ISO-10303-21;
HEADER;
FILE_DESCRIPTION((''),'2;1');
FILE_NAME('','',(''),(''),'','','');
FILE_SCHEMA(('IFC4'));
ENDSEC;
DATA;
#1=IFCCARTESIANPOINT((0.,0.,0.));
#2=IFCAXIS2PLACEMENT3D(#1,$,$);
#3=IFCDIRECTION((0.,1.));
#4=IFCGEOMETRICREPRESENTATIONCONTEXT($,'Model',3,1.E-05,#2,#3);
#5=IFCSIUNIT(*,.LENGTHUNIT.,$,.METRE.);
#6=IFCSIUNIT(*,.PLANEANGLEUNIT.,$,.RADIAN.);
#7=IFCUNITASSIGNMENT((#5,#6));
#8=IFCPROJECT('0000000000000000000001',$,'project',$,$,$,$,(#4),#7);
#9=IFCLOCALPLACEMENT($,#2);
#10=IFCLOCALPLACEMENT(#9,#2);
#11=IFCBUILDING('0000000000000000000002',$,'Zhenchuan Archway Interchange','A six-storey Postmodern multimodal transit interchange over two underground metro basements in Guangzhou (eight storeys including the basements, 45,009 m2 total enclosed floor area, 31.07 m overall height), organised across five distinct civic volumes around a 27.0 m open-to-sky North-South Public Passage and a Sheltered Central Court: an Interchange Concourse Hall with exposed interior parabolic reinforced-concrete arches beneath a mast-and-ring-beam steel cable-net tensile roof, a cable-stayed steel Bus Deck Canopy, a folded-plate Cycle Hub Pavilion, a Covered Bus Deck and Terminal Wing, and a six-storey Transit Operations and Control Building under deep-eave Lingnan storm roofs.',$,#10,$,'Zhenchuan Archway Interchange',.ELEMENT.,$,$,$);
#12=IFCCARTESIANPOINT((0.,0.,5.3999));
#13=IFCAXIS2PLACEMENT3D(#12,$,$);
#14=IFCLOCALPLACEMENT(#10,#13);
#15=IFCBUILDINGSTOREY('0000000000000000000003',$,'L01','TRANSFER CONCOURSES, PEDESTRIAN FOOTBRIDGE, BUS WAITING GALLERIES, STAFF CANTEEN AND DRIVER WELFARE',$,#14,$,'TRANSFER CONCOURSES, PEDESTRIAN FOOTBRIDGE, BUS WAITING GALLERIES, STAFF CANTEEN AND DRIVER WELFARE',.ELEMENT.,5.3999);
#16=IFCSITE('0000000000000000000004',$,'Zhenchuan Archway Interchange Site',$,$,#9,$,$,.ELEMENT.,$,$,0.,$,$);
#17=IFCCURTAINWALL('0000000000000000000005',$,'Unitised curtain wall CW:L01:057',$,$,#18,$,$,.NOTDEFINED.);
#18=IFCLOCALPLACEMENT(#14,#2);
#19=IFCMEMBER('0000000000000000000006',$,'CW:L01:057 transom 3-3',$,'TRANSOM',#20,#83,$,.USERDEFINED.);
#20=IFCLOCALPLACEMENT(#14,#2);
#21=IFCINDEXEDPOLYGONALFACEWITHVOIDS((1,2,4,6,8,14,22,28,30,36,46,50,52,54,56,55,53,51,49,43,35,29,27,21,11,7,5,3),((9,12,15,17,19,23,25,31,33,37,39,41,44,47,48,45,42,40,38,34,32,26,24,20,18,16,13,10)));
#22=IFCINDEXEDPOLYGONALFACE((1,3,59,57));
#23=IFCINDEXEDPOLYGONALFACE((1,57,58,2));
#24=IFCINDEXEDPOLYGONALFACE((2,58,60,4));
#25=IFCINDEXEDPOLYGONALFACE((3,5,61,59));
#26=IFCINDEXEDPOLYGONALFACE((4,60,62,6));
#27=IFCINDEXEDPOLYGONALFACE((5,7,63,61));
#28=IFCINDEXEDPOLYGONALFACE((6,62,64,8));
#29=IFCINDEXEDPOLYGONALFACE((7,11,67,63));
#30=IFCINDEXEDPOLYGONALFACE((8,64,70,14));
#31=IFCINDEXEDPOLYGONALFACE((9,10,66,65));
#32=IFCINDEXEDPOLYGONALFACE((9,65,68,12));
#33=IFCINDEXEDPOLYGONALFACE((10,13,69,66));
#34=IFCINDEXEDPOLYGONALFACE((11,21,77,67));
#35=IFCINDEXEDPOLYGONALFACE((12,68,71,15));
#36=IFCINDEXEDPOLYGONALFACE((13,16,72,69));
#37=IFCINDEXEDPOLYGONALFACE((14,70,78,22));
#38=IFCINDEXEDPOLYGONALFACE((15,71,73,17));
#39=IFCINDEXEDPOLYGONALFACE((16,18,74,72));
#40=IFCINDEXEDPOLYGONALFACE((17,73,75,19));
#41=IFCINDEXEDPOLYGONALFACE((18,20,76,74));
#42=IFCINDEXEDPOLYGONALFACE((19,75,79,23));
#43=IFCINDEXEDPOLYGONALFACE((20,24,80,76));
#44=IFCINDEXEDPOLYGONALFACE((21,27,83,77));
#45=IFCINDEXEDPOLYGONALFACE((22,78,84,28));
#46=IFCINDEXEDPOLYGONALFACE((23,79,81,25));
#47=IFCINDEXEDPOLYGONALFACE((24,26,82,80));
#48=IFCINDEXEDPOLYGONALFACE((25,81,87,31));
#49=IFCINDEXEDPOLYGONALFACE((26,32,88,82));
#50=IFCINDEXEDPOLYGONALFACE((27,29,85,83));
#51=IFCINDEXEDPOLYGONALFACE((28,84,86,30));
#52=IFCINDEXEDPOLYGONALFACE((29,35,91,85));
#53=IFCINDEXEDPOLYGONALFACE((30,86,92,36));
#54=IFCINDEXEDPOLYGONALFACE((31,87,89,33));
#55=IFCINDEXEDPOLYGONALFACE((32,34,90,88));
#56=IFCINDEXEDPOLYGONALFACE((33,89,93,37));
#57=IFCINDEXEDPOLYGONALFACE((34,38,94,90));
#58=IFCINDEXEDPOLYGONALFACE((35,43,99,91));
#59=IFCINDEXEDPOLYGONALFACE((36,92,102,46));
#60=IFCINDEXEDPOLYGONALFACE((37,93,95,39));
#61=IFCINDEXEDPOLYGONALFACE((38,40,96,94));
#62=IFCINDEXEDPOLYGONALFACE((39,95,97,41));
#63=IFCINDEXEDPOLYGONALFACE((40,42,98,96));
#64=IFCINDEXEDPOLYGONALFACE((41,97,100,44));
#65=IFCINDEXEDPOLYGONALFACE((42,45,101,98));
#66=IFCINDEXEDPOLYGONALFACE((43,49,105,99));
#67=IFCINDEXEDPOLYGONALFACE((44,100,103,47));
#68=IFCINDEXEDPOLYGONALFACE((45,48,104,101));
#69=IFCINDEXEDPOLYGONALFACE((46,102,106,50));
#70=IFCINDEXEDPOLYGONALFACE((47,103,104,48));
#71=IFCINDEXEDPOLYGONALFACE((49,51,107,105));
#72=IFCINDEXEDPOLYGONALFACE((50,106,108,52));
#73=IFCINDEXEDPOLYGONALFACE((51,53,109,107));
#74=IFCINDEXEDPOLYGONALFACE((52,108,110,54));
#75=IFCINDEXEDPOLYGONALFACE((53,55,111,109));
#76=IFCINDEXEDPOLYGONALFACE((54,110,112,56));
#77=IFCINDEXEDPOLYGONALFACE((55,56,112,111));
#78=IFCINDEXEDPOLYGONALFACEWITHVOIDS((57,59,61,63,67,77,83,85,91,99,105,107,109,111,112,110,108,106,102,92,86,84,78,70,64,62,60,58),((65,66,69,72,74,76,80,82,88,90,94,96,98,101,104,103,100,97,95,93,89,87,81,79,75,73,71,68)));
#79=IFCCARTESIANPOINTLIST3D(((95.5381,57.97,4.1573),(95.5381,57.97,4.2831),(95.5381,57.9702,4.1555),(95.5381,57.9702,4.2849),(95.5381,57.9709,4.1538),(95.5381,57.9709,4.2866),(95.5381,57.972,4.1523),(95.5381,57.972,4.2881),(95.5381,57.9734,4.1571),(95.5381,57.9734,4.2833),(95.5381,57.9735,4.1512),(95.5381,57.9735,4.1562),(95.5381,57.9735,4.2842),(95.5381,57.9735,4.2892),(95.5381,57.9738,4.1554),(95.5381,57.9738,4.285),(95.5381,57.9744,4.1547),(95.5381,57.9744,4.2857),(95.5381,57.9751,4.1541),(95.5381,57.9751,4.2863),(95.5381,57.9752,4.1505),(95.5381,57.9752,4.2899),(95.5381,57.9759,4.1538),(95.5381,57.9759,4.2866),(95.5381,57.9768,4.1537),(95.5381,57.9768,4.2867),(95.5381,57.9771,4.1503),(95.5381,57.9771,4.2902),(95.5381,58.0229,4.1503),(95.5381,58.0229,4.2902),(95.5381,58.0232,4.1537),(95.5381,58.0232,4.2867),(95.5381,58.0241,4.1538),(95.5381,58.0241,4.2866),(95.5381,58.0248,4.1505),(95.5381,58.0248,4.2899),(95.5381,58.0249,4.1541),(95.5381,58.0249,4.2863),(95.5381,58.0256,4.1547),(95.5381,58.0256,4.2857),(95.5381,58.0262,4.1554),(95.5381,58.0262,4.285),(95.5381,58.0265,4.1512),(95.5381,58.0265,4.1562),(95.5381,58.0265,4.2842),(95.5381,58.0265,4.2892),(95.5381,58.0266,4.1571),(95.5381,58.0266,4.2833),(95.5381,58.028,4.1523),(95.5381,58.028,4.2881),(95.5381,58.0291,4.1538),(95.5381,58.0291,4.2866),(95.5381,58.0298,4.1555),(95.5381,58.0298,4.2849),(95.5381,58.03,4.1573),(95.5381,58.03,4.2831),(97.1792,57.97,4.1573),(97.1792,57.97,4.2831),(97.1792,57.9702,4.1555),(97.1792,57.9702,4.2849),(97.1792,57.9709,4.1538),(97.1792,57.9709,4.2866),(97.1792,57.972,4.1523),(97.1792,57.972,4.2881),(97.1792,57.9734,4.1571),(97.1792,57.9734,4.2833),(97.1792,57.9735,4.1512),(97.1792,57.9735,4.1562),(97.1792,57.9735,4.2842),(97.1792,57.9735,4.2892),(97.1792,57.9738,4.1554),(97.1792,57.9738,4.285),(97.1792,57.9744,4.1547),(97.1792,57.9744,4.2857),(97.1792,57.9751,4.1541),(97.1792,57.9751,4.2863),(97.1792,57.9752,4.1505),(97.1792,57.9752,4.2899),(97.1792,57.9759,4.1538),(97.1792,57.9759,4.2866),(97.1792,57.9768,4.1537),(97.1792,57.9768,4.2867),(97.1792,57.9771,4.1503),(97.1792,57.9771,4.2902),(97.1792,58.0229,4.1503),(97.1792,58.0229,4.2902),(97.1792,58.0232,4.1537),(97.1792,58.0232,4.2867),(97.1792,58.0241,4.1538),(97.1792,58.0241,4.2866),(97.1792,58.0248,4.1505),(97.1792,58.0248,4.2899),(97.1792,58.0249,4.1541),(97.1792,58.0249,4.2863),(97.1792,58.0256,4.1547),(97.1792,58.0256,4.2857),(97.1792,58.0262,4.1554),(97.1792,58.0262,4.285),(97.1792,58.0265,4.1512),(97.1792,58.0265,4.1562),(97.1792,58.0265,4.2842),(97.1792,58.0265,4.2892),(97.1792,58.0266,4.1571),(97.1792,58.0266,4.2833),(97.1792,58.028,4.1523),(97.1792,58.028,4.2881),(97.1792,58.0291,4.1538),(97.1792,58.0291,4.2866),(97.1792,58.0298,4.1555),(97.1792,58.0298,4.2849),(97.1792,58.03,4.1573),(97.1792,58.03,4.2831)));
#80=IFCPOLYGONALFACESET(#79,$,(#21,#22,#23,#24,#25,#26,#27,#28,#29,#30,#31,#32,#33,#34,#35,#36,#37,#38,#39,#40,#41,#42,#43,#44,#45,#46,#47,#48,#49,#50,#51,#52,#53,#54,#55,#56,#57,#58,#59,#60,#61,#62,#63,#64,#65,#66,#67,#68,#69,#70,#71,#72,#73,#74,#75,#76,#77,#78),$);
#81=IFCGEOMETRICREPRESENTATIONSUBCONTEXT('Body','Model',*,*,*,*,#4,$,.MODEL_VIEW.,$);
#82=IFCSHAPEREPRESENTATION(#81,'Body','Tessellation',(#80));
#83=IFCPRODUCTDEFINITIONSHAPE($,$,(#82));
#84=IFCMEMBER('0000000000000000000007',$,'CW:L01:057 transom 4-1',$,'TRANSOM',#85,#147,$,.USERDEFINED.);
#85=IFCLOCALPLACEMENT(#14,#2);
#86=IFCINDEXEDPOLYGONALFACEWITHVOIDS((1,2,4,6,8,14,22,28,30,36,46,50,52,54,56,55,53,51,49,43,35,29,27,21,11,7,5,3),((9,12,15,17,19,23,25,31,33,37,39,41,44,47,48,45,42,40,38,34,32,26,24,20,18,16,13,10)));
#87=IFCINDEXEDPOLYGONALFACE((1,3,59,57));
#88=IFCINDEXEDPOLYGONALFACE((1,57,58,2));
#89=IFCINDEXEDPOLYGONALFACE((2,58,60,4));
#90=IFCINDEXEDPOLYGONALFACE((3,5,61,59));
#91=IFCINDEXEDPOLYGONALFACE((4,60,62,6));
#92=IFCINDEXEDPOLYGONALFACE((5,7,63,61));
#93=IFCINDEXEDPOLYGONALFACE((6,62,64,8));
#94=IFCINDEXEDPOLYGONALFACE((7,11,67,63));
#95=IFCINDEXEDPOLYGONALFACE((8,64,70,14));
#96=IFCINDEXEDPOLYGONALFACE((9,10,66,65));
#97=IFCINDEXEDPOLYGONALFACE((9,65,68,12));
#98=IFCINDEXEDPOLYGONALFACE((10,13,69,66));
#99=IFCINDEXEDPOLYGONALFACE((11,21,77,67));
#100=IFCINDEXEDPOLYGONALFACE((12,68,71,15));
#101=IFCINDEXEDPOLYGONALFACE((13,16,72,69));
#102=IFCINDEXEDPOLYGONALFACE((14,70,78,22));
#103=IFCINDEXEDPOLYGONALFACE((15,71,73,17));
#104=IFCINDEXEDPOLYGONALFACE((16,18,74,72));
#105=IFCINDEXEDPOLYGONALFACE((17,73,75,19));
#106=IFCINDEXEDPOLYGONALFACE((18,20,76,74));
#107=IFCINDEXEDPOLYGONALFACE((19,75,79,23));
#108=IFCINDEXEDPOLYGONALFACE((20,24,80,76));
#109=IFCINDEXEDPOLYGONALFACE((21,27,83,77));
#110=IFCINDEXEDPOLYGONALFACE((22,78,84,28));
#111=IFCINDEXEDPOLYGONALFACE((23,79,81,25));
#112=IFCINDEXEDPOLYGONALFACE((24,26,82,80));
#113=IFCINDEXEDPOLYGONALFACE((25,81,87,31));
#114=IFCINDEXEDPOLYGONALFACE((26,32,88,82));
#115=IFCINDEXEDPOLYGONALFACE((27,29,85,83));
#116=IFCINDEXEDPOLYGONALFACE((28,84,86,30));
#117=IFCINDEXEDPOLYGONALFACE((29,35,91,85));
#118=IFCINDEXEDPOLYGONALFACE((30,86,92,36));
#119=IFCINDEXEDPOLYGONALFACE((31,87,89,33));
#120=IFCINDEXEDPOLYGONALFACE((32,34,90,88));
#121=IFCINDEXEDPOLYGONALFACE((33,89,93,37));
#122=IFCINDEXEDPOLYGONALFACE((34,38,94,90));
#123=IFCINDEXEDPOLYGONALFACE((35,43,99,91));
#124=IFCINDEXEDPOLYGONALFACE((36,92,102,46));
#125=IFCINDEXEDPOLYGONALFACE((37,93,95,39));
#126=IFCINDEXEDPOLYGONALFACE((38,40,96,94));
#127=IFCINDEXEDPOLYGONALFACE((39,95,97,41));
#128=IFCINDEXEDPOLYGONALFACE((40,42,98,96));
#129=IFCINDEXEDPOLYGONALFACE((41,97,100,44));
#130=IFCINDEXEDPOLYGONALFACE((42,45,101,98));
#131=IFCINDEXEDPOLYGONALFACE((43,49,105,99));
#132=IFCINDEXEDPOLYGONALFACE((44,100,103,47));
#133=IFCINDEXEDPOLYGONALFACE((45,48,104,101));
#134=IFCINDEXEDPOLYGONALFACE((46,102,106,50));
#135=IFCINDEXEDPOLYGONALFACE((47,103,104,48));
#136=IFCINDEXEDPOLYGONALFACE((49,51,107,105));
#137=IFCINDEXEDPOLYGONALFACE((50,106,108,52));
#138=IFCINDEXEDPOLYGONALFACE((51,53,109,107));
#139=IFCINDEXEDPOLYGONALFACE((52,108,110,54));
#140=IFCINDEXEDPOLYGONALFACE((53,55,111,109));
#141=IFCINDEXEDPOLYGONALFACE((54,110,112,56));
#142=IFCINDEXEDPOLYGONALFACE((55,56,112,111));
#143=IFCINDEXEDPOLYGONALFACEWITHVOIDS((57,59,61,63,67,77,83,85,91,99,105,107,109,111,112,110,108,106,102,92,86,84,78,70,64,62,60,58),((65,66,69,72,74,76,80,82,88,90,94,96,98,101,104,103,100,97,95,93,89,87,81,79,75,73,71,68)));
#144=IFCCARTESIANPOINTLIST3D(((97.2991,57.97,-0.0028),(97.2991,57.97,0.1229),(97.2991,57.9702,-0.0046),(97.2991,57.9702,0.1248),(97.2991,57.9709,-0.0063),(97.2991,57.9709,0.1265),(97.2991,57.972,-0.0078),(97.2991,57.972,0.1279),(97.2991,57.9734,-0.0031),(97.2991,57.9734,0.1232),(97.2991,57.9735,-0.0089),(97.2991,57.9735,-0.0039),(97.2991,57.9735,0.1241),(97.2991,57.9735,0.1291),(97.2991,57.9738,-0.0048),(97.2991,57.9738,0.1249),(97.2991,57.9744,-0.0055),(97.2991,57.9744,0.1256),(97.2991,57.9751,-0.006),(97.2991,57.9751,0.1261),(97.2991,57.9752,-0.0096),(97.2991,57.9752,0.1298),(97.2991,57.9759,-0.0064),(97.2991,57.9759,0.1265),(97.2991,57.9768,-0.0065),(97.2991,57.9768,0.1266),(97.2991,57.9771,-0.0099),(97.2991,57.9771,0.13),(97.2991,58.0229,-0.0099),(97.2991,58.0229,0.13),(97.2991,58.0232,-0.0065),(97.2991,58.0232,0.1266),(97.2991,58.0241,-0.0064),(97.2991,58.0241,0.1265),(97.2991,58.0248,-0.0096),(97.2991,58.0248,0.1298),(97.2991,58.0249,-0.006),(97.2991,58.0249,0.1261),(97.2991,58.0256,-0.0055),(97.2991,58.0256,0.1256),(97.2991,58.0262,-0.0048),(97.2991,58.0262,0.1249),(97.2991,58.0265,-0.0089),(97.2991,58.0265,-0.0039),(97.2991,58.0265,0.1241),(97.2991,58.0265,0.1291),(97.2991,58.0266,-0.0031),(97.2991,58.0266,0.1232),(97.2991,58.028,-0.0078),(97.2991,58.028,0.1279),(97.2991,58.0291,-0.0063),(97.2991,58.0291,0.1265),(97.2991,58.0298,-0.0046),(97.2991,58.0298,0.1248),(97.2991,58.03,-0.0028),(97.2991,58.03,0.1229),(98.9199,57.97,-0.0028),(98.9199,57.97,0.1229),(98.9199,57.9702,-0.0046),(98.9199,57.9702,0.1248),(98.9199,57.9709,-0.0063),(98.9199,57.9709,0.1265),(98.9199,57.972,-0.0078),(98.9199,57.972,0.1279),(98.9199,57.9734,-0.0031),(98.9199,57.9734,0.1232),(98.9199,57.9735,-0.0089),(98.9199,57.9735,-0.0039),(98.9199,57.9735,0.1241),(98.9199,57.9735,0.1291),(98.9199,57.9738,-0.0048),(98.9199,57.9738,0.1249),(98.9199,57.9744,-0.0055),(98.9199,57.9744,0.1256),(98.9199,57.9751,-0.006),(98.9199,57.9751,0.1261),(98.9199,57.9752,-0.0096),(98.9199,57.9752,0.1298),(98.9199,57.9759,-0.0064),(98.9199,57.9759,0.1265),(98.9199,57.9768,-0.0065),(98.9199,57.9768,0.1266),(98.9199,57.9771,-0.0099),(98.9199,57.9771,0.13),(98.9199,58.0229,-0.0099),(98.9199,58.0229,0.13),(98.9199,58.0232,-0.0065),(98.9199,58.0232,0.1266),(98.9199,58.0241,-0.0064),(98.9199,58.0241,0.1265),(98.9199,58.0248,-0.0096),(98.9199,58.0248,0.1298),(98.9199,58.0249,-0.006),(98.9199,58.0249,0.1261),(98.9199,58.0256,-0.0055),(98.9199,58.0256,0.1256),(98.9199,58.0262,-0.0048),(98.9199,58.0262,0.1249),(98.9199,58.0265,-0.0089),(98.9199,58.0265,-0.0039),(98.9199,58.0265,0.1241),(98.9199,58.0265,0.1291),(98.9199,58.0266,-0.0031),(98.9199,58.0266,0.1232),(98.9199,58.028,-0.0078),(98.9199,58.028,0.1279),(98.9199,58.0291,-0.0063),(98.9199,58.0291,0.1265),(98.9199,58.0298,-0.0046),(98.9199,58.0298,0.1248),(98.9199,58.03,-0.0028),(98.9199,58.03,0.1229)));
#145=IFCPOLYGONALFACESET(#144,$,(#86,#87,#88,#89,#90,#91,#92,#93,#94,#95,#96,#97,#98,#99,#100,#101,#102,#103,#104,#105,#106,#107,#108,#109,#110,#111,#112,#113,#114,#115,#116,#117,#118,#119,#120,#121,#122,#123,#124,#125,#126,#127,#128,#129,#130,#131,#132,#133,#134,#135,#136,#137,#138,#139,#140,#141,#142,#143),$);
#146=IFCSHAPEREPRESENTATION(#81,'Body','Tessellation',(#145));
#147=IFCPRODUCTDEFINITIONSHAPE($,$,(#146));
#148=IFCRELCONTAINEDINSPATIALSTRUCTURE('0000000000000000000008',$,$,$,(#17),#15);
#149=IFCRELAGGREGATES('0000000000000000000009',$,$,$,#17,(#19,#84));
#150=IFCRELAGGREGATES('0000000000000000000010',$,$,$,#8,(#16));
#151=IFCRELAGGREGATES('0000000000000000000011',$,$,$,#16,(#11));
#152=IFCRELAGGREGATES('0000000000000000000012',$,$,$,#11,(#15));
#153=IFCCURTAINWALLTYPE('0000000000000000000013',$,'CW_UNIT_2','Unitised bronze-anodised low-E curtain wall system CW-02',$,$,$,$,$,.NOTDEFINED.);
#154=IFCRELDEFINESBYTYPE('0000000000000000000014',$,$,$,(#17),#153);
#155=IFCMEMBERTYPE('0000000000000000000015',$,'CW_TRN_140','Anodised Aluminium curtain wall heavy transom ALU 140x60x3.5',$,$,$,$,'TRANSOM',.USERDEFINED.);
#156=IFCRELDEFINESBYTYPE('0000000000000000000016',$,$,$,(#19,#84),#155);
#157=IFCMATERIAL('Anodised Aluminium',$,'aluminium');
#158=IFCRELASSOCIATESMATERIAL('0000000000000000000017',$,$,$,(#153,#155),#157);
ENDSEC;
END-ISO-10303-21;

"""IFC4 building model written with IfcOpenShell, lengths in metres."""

from ifc_helpers import new_model, si_unit, direction, frame, origin, origin_2d, place, context, subcontext, project, spatial, hollow_rectangle, extrude, material, material_profile, profile_set, type_object, element, aggregate, save


model = new_model("IFC4")

# Units and contexts
model_context = context("Model", 3, precision=1e-05, world=origin(), true_north=direction((0.0, 1.0)))
body_context = subcontext(model_context, "Body", "Model", "MODEL_VIEW")
ifc_project = project(units=[si_unit("LENGTHUNIT", "METRE"), si_unit("PLANEANGLEUNIT", "RADIAN")], contexts=[model_context])

# Site, building, storey
site_placement = place(None, origin())
site = spatial("IfcSite", under=ifc_project, at=site_placement, Name="Zhenchuan Archway Interchange Site", CompositionType="ELEMENT", RefElevation=0.0)
building_placement = place(site_placement, origin())
building = spatial("IfcBuilding", under=site, at=building_placement, Name="Zhenchuan Archway Interchange", Description="A six-storey Postmodern multimodal transit interchange over two underground metro basements in Guangzhou (eight storeys including the basements, 45,009 m2 total enclosed floor area, 31.07 m overall height), organised across five distinct civic volumes around a 27.0 m open-to-sky North-South Public Passage and a Sheltered Central Court: an Interchange Concourse Hall with exposed interior parabolic reinforced-concrete arches beneath a mast-and-ring-beam steel cable-net tensile roof, a cable-stayed steel Bus Deck Canopy, a folded-plate Cycle Hub Pavilion, a Covered Bus Deck and Terminal Wing, and a six-storey Transit Operations and Control Building under deep-eave Lingnan storm roofs.", LongName="Zhenchuan Archway Interchange", CompositionType="ELEMENT")
storey_placement = place(building_placement, frame((0.0, 0.0, 5.3999)))
storey = spatial("IfcBuildingStorey", under=building, at=storey_placement, Name="L01", Description="TRANSFER CONCOURSES, PEDESTRIAN FOOTBRIDGE, BUS WAITING GALLERIES, STAFF CANTEEN AND DRIVER WELFARE", LongName="TRANSFER CONCOURSES, PEDESTRIAN FOOTBRIDGE, BUS WAITING GALLERIES, STAFF CANTEEN AND DRIVER WELFARE", CompositionType="ELEMENT", Elevation=5.3999)

# Shared definitions
ifc_material_1 = material(Name="Anodised Aluminium", Category="aluminium")

# Curtain wall
curtain_wall_type_1 = type_object("IfcCurtainWallType", Name="CW_UNIT_2", Description="Unitised bronze-anodised low-E curtain wall system CW-02", PredefinedType="NOTDEFINED", material=ifc_material_1)
curtain_wall_1_placement = place(storey_placement, origin())
curtain_wall_1 = element("IfcCurtainWall", 1, at=curtain_wall_1_placement, inside=storey, type_object=curtain_wall_type_1, Name="Unitised curtain wall CW:L01:057", PredefinedType="NOTDEFINED")

# Members
ifc_material_profile_1 = material_profile(ifc_material_1, hollow_rectangle(XDim=0.0601, YDim=0.1399, WallThickness=0.0034, InnerFilletRadius=0.0034, OuterFilletRadius=0.0071, at=origin_2d()), Name="ALU 140x60x3.5")
ifc_profile_set_1 = profile_set([ifc_material_profile_1], Name="Anodised Aluminium")
member_type_1 = type_object("IfcMemberType", Name="CW_TRN_140", Description="Anodised Aluminium curtain wall heavy transom ALU 140x60x3.5", ElementType="TRANSOM", PredefinedType="USERDEFINED", material=ifc_profile_set_1)
member_1_placement = place(storey_placement, frame((95.5381, 58.0, 4.2202), z_axis=(1.0, 0.0, 0.0), x_axis=(0.0, 1.0, 0.0)))
member_1 = element("IfcMember", 2, at=member_1_placement, type_object=member_type_1, Name="CW:L01:057 transom 3-3", ObjectType="TRANSOM", PredefinedType="USERDEFINED", context=body_context, shape_type="SweptSolid", body=[
    extrude(hollow_rectangle(XDim=0.0601, YDim=0.1399, WallThickness=0.0034, InnerFilletRadius=0.0034, OuterFilletRadius=0.0071, at=origin_2d()), origin(), (0.0, 0.0, 1.0), 1.6411),
])
member_2_placement = place(storey_placement, frame((97.2991, 58.0, 0.0601), z_axis=(1.0, 0.0, 0.0), x_axis=(0.0, 1.0, 0.0)))
member_2 = element("IfcMember", 3, at=member_2_placement, type_object=member_type_1, Name="CW:L01:057 transom 4-1", ObjectType="TRANSOM", PredefinedType="USERDEFINED", context=body_context, shape_type="SweptSolid", body=[
    extrude(hollow_rectangle(XDim=0.0601, YDim=0.1399, WallThickness=0.0034, InnerFilletRadius=0.0034, OuterFilletRadius=0.0071, at=origin_2d()), origin(), (0.0, 0.0, 1.0), 1.6208),
])

aggregate(curtain_wall_1, [member_1, member_2])

save(model, "model.ifc")
